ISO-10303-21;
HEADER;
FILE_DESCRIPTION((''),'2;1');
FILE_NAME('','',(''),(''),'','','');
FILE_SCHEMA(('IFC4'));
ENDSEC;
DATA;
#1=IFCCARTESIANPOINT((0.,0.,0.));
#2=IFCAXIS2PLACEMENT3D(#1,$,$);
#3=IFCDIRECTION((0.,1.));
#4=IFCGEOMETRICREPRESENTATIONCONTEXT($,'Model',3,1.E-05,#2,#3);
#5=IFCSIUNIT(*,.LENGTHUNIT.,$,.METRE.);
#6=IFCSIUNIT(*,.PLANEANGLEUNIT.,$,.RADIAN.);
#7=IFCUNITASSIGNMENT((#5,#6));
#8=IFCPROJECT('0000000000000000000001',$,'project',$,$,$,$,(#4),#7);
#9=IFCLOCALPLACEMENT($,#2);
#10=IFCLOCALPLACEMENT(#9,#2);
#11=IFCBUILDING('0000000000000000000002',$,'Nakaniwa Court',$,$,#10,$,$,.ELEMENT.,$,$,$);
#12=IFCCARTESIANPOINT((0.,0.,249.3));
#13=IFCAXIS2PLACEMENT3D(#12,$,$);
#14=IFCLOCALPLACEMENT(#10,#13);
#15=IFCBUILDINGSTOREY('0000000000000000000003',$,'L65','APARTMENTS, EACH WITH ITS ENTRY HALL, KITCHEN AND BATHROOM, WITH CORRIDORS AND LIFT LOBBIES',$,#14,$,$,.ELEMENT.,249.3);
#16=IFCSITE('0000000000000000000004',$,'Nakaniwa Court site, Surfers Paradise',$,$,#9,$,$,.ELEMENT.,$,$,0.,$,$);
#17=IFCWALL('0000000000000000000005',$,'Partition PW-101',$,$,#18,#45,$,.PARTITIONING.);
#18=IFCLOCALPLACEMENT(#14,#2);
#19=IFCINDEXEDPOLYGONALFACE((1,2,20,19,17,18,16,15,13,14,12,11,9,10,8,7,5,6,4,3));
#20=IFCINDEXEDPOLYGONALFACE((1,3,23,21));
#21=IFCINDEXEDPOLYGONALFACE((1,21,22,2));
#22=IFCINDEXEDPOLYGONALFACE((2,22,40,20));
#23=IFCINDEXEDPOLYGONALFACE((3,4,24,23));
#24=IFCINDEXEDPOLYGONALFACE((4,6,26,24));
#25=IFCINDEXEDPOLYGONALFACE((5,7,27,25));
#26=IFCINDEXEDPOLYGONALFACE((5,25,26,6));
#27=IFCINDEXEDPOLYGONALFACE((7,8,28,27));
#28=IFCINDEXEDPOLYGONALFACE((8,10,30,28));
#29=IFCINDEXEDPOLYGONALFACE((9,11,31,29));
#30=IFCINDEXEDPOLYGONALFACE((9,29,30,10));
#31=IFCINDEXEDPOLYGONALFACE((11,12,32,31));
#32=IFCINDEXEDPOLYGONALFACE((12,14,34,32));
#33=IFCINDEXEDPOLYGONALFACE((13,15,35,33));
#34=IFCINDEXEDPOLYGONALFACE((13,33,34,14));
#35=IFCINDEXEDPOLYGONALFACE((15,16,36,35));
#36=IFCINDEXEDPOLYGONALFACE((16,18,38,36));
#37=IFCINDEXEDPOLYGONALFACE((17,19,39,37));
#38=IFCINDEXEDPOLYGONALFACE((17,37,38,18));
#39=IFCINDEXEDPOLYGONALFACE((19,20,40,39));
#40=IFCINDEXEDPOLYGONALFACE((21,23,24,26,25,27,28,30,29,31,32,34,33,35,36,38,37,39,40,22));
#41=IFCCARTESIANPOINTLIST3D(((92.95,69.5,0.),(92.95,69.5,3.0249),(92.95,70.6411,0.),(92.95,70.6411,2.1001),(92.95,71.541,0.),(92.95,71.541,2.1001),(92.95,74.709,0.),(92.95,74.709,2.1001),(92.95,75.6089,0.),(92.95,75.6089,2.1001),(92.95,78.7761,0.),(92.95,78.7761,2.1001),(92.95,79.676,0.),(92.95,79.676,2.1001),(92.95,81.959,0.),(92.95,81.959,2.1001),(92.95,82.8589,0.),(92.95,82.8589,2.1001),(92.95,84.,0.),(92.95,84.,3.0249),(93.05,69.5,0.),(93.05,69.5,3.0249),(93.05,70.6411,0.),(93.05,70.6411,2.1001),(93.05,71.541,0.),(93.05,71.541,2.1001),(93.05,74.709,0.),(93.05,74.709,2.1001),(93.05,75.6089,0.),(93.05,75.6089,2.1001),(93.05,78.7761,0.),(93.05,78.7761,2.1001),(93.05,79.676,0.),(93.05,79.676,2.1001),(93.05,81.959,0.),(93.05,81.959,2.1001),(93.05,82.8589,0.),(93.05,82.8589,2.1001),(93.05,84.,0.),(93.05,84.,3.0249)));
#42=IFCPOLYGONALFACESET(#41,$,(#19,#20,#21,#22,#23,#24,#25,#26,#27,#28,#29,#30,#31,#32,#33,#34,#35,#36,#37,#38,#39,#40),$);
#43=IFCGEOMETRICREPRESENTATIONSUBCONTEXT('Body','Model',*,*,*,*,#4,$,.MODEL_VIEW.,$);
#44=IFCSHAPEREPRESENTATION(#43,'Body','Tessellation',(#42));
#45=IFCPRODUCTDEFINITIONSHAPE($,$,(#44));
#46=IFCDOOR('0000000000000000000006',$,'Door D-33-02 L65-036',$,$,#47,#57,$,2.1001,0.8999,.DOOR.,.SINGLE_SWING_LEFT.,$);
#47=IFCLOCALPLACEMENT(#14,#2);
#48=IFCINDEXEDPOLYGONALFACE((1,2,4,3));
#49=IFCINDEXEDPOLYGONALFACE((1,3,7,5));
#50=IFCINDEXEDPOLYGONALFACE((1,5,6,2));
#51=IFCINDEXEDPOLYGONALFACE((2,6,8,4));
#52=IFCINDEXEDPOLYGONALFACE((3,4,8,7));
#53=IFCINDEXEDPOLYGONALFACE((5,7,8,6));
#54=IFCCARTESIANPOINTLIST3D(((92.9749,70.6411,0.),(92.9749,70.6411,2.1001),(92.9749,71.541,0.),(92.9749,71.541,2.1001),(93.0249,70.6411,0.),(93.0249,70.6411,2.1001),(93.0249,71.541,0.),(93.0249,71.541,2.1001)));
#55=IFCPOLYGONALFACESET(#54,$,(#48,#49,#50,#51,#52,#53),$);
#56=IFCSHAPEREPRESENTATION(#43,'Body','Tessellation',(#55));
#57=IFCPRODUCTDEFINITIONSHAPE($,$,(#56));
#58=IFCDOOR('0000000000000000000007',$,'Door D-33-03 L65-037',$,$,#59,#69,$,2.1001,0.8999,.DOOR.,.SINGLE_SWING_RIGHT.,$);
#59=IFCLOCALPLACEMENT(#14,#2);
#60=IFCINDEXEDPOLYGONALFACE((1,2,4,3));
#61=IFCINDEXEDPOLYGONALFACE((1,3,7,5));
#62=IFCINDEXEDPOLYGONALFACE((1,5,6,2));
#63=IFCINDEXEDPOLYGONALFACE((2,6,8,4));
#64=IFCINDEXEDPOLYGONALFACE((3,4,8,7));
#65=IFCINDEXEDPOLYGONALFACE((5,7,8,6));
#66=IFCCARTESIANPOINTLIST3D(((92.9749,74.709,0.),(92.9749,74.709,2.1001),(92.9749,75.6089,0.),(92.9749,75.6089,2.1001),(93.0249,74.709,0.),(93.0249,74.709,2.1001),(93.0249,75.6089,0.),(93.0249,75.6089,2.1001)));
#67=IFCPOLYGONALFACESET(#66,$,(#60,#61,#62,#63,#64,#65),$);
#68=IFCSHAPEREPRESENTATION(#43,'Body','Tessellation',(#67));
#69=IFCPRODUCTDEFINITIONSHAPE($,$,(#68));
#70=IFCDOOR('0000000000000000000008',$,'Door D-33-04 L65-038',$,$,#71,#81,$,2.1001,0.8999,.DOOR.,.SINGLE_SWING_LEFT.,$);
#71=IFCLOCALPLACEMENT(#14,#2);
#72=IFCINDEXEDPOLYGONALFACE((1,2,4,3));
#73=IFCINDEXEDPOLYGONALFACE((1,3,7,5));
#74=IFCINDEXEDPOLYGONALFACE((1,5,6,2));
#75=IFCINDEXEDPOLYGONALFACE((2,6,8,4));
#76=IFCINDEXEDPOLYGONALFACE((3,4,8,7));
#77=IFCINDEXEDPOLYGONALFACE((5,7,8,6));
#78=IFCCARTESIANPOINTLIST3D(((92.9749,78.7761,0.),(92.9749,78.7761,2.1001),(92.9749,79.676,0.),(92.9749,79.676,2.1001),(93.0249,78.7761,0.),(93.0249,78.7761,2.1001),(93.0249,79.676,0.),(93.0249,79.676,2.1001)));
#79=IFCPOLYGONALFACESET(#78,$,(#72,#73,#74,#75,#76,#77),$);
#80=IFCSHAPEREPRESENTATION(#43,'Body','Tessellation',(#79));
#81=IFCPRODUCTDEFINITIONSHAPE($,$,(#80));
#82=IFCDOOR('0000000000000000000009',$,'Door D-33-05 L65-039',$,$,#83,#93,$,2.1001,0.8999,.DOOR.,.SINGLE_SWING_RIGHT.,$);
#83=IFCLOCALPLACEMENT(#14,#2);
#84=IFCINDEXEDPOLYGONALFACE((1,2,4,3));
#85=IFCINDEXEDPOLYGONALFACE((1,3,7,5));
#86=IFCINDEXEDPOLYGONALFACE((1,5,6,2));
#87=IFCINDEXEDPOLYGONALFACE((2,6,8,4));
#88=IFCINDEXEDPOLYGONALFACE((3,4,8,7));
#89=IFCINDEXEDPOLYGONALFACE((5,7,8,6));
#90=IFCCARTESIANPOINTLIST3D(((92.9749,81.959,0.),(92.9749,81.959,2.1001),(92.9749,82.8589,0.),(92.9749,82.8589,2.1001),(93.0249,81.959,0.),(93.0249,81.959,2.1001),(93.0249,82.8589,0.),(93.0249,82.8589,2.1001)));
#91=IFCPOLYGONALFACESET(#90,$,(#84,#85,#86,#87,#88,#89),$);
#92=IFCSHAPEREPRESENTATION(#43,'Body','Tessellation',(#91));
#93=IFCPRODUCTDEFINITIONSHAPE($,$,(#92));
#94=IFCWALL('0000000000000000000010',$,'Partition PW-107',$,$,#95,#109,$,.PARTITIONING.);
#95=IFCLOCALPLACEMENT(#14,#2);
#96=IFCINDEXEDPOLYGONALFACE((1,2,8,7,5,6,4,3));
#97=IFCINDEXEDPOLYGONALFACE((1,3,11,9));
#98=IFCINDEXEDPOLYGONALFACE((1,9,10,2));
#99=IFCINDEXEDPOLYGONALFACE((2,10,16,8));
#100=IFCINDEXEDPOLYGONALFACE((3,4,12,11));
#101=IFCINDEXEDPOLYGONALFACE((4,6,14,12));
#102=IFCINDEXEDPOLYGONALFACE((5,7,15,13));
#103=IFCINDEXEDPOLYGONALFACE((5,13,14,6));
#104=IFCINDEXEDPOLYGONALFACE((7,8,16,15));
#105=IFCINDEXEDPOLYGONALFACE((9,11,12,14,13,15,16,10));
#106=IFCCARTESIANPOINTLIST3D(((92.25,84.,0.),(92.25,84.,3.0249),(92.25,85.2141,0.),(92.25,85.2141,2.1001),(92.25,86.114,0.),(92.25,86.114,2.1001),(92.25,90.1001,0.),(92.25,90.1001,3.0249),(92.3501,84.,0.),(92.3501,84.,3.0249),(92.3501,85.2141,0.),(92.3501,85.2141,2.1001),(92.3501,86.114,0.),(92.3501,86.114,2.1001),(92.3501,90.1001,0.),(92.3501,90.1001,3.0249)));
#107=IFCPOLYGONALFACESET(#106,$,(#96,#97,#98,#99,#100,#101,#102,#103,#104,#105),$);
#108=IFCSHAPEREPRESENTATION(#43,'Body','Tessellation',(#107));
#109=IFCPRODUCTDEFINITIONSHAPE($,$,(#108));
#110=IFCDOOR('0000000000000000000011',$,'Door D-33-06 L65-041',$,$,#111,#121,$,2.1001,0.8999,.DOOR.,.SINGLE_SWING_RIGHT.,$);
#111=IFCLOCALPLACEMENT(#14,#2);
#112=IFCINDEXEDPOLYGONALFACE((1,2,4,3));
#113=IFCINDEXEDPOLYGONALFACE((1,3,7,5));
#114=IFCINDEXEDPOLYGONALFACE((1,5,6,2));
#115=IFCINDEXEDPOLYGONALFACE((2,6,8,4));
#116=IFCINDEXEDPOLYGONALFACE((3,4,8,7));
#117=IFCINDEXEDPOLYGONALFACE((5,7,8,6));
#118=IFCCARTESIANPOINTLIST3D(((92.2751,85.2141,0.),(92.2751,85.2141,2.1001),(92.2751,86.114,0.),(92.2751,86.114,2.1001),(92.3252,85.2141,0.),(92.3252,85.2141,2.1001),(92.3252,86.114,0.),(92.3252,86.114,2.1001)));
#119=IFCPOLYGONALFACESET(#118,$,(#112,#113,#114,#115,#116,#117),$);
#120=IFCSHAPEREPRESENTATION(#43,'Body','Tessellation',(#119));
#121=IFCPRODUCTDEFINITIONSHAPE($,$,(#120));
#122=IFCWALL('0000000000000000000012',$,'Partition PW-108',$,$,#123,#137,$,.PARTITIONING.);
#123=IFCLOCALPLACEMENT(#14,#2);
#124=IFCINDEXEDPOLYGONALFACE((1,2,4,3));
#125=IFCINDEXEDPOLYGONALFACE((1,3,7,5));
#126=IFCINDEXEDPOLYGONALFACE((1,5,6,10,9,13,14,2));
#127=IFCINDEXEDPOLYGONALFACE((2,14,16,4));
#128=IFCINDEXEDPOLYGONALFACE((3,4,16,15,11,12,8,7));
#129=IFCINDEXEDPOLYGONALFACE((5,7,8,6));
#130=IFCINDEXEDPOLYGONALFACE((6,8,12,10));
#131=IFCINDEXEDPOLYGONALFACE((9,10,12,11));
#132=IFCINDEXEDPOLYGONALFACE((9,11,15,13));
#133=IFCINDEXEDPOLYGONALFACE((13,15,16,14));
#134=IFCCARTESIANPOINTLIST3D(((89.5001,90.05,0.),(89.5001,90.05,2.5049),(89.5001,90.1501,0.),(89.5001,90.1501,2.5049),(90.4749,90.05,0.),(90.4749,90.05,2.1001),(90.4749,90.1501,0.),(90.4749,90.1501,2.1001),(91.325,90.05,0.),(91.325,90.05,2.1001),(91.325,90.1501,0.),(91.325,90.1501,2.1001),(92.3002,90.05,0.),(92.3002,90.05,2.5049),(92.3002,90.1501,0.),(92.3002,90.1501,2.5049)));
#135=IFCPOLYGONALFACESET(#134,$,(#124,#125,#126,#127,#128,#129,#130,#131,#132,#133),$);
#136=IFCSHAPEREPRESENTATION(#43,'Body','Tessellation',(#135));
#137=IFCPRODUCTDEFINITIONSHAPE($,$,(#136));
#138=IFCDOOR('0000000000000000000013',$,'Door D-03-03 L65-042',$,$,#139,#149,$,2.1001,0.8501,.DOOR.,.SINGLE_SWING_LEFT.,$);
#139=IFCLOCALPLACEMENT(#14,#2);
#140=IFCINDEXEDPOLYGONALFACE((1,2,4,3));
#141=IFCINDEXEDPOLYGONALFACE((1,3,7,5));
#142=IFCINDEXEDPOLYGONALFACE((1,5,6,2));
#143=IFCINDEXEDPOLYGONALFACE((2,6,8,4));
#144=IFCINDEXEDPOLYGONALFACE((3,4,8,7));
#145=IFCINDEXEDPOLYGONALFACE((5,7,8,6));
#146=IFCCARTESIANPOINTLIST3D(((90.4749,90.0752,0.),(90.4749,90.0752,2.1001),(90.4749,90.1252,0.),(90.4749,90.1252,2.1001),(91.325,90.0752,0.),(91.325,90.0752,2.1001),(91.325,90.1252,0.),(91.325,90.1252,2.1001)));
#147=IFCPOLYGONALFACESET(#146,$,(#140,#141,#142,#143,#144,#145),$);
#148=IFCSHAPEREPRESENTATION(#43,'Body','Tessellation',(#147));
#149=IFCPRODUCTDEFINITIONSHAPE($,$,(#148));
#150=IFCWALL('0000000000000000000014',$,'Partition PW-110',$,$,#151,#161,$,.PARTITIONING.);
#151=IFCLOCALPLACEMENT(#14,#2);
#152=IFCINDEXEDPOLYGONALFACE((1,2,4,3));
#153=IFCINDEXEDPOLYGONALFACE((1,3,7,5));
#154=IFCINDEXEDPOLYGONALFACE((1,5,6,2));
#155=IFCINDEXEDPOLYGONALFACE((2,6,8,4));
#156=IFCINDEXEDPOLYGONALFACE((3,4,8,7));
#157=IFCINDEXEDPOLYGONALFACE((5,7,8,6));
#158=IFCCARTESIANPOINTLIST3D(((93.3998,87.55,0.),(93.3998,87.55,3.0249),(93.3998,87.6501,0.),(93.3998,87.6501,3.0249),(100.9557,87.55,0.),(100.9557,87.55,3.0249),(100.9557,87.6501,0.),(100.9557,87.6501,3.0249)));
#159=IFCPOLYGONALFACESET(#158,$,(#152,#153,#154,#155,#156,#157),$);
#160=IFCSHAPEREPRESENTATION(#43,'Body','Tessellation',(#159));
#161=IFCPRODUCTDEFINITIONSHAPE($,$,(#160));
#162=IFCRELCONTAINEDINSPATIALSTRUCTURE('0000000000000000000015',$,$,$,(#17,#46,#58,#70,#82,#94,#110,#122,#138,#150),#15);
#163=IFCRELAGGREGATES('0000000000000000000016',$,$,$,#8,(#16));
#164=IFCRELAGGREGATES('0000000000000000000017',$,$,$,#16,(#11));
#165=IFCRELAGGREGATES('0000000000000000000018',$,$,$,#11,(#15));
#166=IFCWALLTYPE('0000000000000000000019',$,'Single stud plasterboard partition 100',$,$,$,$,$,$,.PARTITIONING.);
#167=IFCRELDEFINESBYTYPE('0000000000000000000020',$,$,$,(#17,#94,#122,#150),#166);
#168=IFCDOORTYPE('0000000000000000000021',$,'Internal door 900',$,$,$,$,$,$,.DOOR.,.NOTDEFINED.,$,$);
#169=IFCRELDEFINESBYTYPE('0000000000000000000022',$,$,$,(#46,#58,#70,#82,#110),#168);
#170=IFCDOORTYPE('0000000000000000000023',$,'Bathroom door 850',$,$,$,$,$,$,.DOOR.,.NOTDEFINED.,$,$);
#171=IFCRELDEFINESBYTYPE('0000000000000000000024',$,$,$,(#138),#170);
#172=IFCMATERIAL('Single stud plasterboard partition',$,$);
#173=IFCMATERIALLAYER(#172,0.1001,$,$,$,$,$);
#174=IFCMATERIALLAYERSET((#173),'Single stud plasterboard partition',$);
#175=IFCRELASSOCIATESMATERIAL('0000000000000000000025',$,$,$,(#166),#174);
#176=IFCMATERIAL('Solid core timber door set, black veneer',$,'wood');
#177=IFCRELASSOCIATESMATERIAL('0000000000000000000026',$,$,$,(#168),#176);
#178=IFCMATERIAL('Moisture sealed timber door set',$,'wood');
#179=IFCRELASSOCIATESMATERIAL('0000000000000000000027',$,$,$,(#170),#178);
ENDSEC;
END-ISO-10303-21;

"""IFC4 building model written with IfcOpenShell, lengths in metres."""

from ifc_helpers import new_model, si_unit, direction, frame, frame_2d, origin, place, context, subcontext, project, spatial, rectangle, extrude, material, layer, layer_set, type_object, element, fill, save


model = new_model("IFC4")

# Units and contexts
model_context = context("Model", 3, precision=1e-05, world=origin(), true_north=direction((0.0, 1.0)))
body_context = subcontext(model_context, "Body", "Model", "MODEL_VIEW")
ifc_project = project(units=[si_unit("LENGTHUNIT", "METRE"), si_unit("PLANEANGLEUNIT", "RADIAN")], contexts=[model_context])

# Site, building, storey
site_placement = place(None, origin())
site = spatial("IfcSite", under=ifc_project, at=site_placement, Name="Nakaniwa Court site, Surfers Paradise", CompositionType="ELEMENT", RefElevation=0.0)
building_placement = place(site_placement, origin())
building = spatial("IfcBuilding", under=site, at=building_placement, Name="Nakaniwa Court", CompositionType="ELEMENT")
storey_placement = place(building_placement, frame((0.0, 0.0, 249.3)))
storey = spatial("IfcBuildingStorey", under=building, at=storey_placement, Name="L65", Description="APARTMENTS, EACH WITH ITS ENTRY HALL, KITCHEN AND BATHROOM, WITH CORRIDORS AND LIFT LOBBIES", CompositionType="ELEMENT", Elevation=249.3)

# Wall, openings, doors
ifc_material_1 = material(Name="Single stud plasterboard partition")
ifc_layer_1 = layer(ifc_material_1, 0.1001)
ifc_layer_set_1 = layer_set([ifc_layer_1], Name="Single stud plasterboard partition")
wall_type_1 = type_object("IfcWallType", Name="Single stud plasterboard partition 100", PredefinedType="PARTITIONING", material=ifc_layer_set_1)
wall_1_placement = place(storey_placement, frame((93.0, 84.0, 0.0), z_axis=(0.0, 0.0, 1.0), x_axis=(0.0, -1.0, 0.0)))
wall_1 = element("IfcWall", 1, at=wall_1_placement, inside=storey, type_object=wall_type_1, Name="Partition PW-101", PredefinedType="PARTITIONING", context=body_context, shape_type="SweptSolid", body=[
    extrude(rectangle(XDim=14.5, YDim=0.1001, at=frame_2d((7.25, 0.0))), origin(), (0.0, 0.0, 1.0), 3.0249),
])
opening_1_placement = place(wall_1_placement, frame((12.459, 0.0, 0.0)))
opening_1 = element("IfcOpeningElement", 2, at=opening_1_placement, cuts=wall_1, PredefinedType="OPENING", context=body_context, shape_type="SweptSolid", body=[
    extrude(rectangle(XDim=0.8999, YDim=2.1001, at=frame_2d((0.45, 1.05))), frame((0.0, 0.0601, 0.0), z_axis=(0.0, -1.0, 0.0), x_axis=(1.0, 0.0, 0.0)), (0.0, 0.0, 1.0), 0.1201),
])
opening_2_placement = place(wall_1_placement, frame((8.3911, 0.0, 0.0)))
opening_2 = element("IfcOpeningElement", 3, at=opening_2_placement, cuts=wall_1, PredefinedType="OPENING", context=body_context, shape_type="SweptSolid", body=[
    extrude(rectangle(XDim=0.8999, YDim=2.1001, at=frame_2d((0.45, 1.05))), frame((0.0, 0.0601, 0.0), z_axis=(0.0, -1.0, 0.0), x_axis=(1.0, 0.0, 0.0)), (0.0, 0.0, 1.0), 0.1201),
])
opening_3_placement = place(wall_1_placement, frame((4.324, 0.0, 0.0)))
opening_3 = element("IfcOpeningElement", 4, at=opening_3_placement, cuts=wall_1, PredefinedType="OPENING", context=body_context, shape_type="SweptSolid", body=[
    extrude(rectangle(XDim=0.8999, YDim=2.1001, at=frame_2d((0.45, 1.05))), frame((0.0, 0.0601, 0.0), z_axis=(0.0, -1.0, 0.0), x_axis=(1.0, 0.0, 0.0)), (0.0, 0.0, 1.0), 0.1201),
])
opening_4_placement = place(wall_1_placement, frame((1.1411, 0.0, 0.0)))
opening_4 = element("IfcOpeningElement", 5, at=opening_4_placement, cuts=wall_1, PredefinedType="OPENING", context=body_context, shape_type="SweptSolid", body=[
    extrude(rectangle(XDim=0.8999, YDim=2.1001, at=frame_2d((0.45, 1.05))), frame((0.0, 0.0601, 0.0), z_axis=(0.0, -1.0, 0.0), x_axis=(1.0, 0.0, 0.0)), (0.0, 0.0, 1.0), 0.1201),
])
ifc_material_2 = material(Name="Solid core timber door set, black veneer", Category="wood")
door_type_1 = type_object("IfcDoorType", Name="Internal door 900", OperationType="NOTDEFINED", PredefinedType="DOOR", material=ifc_material_2)
door_1_placement = place(opening_1_placement, origin())
door_1 = element("IfcDoor", 6, at=door_1_placement, inside=storey, type_object=door_type_1, Name="Door D-33-02 L65-036", OperationType="SINGLE_SWING_LEFT", OverallHeight=2.1001, OverallWidth=0.8999, PredefinedType="DOOR", context=body_context, shape_type="SweptSolid", body=[
    extrude(rectangle(XDim=0.8999, YDim=2.1001, at=frame_2d((0.45, 1.05))), frame((0.0, 0.0249, 0.0), z_axis=(0.0, -1.0, 0.0), x_axis=(1.0, 0.0, 0.0)), (0.0, 0.0, 1.0), 0.05),
])
fill(opening_1, door_1)
door_2_placement = place(opening_2_placement, origin())
door_2 = element("IfcDoor", 7, at=door_2_placement, inside=storey, type_object=door_type_1, Name="Door D-33-03 L65-037", OperationType="SINGLE_SWING_RIGHT", OverallHeight=2.1001, OverallWidth=0.8999, PredefinedType="DOOR", context=body_context, shape_type="SweptSolid", body=[
    extrude(rectangle(XDim=0.8999, YDim=2.1001, at=frame_2d((0.45, 1.05))), frame((0.0, 0.0249, 0.0), z_axis=(0.0, -1.0, 0.0), x_axis=(1.0, 0.0, 0.0)), (0.0, 0.0, 1.0), 0.05),
])
fill(opening_2, door_2)
door_3_placement = place(opening_3_placement, origin())
door_3 = element("IfcDoor", 8, at=door_3_placement, inside=storey, type_object=door_type_1, Name="Door D-33-04 L65-038", OperationType="SINGLE_SWING_LEFT", OverallHeight=2.1001, OverallWidth=0.8999, PredefinedType="DOOR", context=body_context, shape_type="SweptSolid", body=[
    extrude(rectangle(XDim=0.8999, YDim=2.1001, at=frame_2d((0.45, 1.05))), frame((0.0, 0.0249, 0.0), z_axis=(0.0, -1.0, 0.0), x_axis=(1.0, 0.0, 0.0)), (0.0, 0.0, 1.0), 0.05),
])
fill(opening_3, door_3)
door_4_placement = place(opening_4_placement, origin())
door_4 = element("IfcDoor", 9, at=door_4_placement, inside=storey, type_object=door_type_1, Name="Door D-33-05 L65-039", OperationType="SINGLE_SWING_RIGHT", OverallHeight=2.1001, OverallWidth=0.8999, PredefinedType="DOOR", context=body_context, shape_type="SweptSolid", body=[
    extrude(rectangle(XDim=0.8999, YDim=2.1001, at=frame_2d((0.45, 1.05))), frame((0.0, 0.0249, 0.0), z_axis=(0.0, -1.0, 0.0), x_axis=(1.0, 0.0, 0.0)), (0.0, 0.0, 1.0), 0.05),
])
fill(opening_4, door_4)

# Walls, openings, doors
wall_2_placement = place(storey_placement, frame((92.3, 84.0, 0.0), z_axis=(0.0, 0.0, 1.0), x_axis=(0.0, 1.0, 0.0)))
wall_2 = element("IfcWall", 10, at=wall_2_placement, inside=storey, type_object=wall_type_1, Name="Partition PW-107", PredefinedType="PARTITIONING", context=body_context, shape_type="SweptSolid", body=[
    extrude(rectangle(XDim=6.1001, YDim=0.1001, at=frame_2d((3.05, 0.0))), origin(), (0.0, 0.0, 1.0), 3.0249),
])
opening_5_placement = place(wall_2_placement, frame((1.2141, 0.0, 0.0)))
opening_5 = element("IfcOpeningElement", 11, at=opening_5_placement, cuts=wall_2, PredefinedType="OPENING", context=body_context, shape_type="SweptSolid", body=[
    extrude(rectangle(XDim=0.8999, YDim=2.1001, at=frame_2d((0.45, 1.05))), frame((0.0, 0.0601, 0.0), z_axis=(0.0, -1.0, 0.0), x_axis=(1.0, 0.0, 0.0)), (0.0, 0.0, 1.0), 0.1201),
])
door_5_placement = place(opening_5_placement, origin())
door_5 = element("IfcDoor", 12, at=door_5_placement, inside=storey, type_object=door_type_1, Name="Door D-33-06 L65-041", OperationType="SINGLE_SWING_RIGHT", OverallHeight=2.1001, OverallWidth=0.8999, PredefinedType="DOOR", context=body_context, shape_type="SweptSolid", body=[
    extrude(rectangle(XDim=0.8999, YDim=2.1001, at=frame_2d((0.45, 1.05))), frame((0.0, 0.0249, 0.0), z_axis=(0.0, -1.0, 0.0), x_axis=(1.0, 0.0, 0.0)), (0.0, 0.0, 1.0), 0.05),
])
fill(opening_5, door_5)
wall_3_placement = place(storey_placement, frame((92.3, 90.1001, 0.0), z_axis=(0.0, 0.0, 1.0), x_axis=(-1.0, 0.0, 0.0)))
wall_3 = element("IfcWall", 13, at=wall_3_placement, inside=storey, type_object=wall_type_1, Name="Partition PW-108", PredefinedType="PARTITIONING", context=body_context, shape_type="SweptSolid", body=[
    extrude(rectangle(XDim=2.8, YDim=0.1001, at=frame_2d((1.3999, 0.0))), origin(), (0.0, 0.0, 1.0), 2.5049),
])
opening_6_placement = place(wall_3_placement, frame((0.9751, 0.0, 0.0)))
opening_6 = element("IfcOpeningElement", 14, at=opening_6_placement, cuts=wall_3, PredefinedType="OPENING", context=body_context, shape_type="SweptSolid", body=[
    extrude(rectangle(XDim=0.8501, YDim=2.1001, at=frame_2d((0.425, 1.05))), frame((0.0, 0.0601, 0.0), z_axis=(0.0, -1.0, 0.0), x_axis=(1.0, 0.0, 0.0)), (0.0, 0.0, 1.0), 0.1201),
])
ifc_material_3 = material(Name="Moisture sealed timber door set", Category="wood")
door_type_2 = type_object("IfcDoorType", Name="Bathroom door 850", OperationType="NOTDEFINED", PredefinedType="DOOR", material=ifc_material_3)
door_6_placement = place(opening_6_placement, origin())
door_6 = element("IfcDoor", 15, at=door_6_placement, inside=storey, type_object=door_type_2, Name="Door D-03-03 L65-042", OperationType="SINGLE_SWING_LEFT", OverallHeight=2.1001, OverallWidth=0.8501, PredefinedType="DOOR", context=body_context, shape_type="SweptSolid", body=[
    extrude(rectangle(XDim=0.8501, YDim=2.1001, at=frame_2d((0.425, 1.05))), frame((0.0, 0.0249, 0.0), z_axis=(0.0, -1.0, 0.0), x_axis=(1.0, 0.0, 0.0)), (0.0, 0.0, 1.0), 0.05),
])
fill(opening_6, door_6)

# Wall
wall_4_placement = place(storey_placement, frame((93.3999, 87.6001, 0.0), z_axis=(0.0, 0.0, 1.0), x_axis=(1.0, 0.0, 0.0)))
element("IfcWall", 16, at=wall_4_placement, inside=storey, type_object=wall_type_1, Name="Partition PW-110", PredefinedType="PARTITIONING", context=body_context, shape_type="SweptSolid", body=[
    extrude(rectangle(XDim=7.5559, YDim=0.1001, at=frame_2d((3.7778, 0.0))), origin(), (0.0, 0.0, 1.0), 3.0249),
])

save(model, "model.ifc")
